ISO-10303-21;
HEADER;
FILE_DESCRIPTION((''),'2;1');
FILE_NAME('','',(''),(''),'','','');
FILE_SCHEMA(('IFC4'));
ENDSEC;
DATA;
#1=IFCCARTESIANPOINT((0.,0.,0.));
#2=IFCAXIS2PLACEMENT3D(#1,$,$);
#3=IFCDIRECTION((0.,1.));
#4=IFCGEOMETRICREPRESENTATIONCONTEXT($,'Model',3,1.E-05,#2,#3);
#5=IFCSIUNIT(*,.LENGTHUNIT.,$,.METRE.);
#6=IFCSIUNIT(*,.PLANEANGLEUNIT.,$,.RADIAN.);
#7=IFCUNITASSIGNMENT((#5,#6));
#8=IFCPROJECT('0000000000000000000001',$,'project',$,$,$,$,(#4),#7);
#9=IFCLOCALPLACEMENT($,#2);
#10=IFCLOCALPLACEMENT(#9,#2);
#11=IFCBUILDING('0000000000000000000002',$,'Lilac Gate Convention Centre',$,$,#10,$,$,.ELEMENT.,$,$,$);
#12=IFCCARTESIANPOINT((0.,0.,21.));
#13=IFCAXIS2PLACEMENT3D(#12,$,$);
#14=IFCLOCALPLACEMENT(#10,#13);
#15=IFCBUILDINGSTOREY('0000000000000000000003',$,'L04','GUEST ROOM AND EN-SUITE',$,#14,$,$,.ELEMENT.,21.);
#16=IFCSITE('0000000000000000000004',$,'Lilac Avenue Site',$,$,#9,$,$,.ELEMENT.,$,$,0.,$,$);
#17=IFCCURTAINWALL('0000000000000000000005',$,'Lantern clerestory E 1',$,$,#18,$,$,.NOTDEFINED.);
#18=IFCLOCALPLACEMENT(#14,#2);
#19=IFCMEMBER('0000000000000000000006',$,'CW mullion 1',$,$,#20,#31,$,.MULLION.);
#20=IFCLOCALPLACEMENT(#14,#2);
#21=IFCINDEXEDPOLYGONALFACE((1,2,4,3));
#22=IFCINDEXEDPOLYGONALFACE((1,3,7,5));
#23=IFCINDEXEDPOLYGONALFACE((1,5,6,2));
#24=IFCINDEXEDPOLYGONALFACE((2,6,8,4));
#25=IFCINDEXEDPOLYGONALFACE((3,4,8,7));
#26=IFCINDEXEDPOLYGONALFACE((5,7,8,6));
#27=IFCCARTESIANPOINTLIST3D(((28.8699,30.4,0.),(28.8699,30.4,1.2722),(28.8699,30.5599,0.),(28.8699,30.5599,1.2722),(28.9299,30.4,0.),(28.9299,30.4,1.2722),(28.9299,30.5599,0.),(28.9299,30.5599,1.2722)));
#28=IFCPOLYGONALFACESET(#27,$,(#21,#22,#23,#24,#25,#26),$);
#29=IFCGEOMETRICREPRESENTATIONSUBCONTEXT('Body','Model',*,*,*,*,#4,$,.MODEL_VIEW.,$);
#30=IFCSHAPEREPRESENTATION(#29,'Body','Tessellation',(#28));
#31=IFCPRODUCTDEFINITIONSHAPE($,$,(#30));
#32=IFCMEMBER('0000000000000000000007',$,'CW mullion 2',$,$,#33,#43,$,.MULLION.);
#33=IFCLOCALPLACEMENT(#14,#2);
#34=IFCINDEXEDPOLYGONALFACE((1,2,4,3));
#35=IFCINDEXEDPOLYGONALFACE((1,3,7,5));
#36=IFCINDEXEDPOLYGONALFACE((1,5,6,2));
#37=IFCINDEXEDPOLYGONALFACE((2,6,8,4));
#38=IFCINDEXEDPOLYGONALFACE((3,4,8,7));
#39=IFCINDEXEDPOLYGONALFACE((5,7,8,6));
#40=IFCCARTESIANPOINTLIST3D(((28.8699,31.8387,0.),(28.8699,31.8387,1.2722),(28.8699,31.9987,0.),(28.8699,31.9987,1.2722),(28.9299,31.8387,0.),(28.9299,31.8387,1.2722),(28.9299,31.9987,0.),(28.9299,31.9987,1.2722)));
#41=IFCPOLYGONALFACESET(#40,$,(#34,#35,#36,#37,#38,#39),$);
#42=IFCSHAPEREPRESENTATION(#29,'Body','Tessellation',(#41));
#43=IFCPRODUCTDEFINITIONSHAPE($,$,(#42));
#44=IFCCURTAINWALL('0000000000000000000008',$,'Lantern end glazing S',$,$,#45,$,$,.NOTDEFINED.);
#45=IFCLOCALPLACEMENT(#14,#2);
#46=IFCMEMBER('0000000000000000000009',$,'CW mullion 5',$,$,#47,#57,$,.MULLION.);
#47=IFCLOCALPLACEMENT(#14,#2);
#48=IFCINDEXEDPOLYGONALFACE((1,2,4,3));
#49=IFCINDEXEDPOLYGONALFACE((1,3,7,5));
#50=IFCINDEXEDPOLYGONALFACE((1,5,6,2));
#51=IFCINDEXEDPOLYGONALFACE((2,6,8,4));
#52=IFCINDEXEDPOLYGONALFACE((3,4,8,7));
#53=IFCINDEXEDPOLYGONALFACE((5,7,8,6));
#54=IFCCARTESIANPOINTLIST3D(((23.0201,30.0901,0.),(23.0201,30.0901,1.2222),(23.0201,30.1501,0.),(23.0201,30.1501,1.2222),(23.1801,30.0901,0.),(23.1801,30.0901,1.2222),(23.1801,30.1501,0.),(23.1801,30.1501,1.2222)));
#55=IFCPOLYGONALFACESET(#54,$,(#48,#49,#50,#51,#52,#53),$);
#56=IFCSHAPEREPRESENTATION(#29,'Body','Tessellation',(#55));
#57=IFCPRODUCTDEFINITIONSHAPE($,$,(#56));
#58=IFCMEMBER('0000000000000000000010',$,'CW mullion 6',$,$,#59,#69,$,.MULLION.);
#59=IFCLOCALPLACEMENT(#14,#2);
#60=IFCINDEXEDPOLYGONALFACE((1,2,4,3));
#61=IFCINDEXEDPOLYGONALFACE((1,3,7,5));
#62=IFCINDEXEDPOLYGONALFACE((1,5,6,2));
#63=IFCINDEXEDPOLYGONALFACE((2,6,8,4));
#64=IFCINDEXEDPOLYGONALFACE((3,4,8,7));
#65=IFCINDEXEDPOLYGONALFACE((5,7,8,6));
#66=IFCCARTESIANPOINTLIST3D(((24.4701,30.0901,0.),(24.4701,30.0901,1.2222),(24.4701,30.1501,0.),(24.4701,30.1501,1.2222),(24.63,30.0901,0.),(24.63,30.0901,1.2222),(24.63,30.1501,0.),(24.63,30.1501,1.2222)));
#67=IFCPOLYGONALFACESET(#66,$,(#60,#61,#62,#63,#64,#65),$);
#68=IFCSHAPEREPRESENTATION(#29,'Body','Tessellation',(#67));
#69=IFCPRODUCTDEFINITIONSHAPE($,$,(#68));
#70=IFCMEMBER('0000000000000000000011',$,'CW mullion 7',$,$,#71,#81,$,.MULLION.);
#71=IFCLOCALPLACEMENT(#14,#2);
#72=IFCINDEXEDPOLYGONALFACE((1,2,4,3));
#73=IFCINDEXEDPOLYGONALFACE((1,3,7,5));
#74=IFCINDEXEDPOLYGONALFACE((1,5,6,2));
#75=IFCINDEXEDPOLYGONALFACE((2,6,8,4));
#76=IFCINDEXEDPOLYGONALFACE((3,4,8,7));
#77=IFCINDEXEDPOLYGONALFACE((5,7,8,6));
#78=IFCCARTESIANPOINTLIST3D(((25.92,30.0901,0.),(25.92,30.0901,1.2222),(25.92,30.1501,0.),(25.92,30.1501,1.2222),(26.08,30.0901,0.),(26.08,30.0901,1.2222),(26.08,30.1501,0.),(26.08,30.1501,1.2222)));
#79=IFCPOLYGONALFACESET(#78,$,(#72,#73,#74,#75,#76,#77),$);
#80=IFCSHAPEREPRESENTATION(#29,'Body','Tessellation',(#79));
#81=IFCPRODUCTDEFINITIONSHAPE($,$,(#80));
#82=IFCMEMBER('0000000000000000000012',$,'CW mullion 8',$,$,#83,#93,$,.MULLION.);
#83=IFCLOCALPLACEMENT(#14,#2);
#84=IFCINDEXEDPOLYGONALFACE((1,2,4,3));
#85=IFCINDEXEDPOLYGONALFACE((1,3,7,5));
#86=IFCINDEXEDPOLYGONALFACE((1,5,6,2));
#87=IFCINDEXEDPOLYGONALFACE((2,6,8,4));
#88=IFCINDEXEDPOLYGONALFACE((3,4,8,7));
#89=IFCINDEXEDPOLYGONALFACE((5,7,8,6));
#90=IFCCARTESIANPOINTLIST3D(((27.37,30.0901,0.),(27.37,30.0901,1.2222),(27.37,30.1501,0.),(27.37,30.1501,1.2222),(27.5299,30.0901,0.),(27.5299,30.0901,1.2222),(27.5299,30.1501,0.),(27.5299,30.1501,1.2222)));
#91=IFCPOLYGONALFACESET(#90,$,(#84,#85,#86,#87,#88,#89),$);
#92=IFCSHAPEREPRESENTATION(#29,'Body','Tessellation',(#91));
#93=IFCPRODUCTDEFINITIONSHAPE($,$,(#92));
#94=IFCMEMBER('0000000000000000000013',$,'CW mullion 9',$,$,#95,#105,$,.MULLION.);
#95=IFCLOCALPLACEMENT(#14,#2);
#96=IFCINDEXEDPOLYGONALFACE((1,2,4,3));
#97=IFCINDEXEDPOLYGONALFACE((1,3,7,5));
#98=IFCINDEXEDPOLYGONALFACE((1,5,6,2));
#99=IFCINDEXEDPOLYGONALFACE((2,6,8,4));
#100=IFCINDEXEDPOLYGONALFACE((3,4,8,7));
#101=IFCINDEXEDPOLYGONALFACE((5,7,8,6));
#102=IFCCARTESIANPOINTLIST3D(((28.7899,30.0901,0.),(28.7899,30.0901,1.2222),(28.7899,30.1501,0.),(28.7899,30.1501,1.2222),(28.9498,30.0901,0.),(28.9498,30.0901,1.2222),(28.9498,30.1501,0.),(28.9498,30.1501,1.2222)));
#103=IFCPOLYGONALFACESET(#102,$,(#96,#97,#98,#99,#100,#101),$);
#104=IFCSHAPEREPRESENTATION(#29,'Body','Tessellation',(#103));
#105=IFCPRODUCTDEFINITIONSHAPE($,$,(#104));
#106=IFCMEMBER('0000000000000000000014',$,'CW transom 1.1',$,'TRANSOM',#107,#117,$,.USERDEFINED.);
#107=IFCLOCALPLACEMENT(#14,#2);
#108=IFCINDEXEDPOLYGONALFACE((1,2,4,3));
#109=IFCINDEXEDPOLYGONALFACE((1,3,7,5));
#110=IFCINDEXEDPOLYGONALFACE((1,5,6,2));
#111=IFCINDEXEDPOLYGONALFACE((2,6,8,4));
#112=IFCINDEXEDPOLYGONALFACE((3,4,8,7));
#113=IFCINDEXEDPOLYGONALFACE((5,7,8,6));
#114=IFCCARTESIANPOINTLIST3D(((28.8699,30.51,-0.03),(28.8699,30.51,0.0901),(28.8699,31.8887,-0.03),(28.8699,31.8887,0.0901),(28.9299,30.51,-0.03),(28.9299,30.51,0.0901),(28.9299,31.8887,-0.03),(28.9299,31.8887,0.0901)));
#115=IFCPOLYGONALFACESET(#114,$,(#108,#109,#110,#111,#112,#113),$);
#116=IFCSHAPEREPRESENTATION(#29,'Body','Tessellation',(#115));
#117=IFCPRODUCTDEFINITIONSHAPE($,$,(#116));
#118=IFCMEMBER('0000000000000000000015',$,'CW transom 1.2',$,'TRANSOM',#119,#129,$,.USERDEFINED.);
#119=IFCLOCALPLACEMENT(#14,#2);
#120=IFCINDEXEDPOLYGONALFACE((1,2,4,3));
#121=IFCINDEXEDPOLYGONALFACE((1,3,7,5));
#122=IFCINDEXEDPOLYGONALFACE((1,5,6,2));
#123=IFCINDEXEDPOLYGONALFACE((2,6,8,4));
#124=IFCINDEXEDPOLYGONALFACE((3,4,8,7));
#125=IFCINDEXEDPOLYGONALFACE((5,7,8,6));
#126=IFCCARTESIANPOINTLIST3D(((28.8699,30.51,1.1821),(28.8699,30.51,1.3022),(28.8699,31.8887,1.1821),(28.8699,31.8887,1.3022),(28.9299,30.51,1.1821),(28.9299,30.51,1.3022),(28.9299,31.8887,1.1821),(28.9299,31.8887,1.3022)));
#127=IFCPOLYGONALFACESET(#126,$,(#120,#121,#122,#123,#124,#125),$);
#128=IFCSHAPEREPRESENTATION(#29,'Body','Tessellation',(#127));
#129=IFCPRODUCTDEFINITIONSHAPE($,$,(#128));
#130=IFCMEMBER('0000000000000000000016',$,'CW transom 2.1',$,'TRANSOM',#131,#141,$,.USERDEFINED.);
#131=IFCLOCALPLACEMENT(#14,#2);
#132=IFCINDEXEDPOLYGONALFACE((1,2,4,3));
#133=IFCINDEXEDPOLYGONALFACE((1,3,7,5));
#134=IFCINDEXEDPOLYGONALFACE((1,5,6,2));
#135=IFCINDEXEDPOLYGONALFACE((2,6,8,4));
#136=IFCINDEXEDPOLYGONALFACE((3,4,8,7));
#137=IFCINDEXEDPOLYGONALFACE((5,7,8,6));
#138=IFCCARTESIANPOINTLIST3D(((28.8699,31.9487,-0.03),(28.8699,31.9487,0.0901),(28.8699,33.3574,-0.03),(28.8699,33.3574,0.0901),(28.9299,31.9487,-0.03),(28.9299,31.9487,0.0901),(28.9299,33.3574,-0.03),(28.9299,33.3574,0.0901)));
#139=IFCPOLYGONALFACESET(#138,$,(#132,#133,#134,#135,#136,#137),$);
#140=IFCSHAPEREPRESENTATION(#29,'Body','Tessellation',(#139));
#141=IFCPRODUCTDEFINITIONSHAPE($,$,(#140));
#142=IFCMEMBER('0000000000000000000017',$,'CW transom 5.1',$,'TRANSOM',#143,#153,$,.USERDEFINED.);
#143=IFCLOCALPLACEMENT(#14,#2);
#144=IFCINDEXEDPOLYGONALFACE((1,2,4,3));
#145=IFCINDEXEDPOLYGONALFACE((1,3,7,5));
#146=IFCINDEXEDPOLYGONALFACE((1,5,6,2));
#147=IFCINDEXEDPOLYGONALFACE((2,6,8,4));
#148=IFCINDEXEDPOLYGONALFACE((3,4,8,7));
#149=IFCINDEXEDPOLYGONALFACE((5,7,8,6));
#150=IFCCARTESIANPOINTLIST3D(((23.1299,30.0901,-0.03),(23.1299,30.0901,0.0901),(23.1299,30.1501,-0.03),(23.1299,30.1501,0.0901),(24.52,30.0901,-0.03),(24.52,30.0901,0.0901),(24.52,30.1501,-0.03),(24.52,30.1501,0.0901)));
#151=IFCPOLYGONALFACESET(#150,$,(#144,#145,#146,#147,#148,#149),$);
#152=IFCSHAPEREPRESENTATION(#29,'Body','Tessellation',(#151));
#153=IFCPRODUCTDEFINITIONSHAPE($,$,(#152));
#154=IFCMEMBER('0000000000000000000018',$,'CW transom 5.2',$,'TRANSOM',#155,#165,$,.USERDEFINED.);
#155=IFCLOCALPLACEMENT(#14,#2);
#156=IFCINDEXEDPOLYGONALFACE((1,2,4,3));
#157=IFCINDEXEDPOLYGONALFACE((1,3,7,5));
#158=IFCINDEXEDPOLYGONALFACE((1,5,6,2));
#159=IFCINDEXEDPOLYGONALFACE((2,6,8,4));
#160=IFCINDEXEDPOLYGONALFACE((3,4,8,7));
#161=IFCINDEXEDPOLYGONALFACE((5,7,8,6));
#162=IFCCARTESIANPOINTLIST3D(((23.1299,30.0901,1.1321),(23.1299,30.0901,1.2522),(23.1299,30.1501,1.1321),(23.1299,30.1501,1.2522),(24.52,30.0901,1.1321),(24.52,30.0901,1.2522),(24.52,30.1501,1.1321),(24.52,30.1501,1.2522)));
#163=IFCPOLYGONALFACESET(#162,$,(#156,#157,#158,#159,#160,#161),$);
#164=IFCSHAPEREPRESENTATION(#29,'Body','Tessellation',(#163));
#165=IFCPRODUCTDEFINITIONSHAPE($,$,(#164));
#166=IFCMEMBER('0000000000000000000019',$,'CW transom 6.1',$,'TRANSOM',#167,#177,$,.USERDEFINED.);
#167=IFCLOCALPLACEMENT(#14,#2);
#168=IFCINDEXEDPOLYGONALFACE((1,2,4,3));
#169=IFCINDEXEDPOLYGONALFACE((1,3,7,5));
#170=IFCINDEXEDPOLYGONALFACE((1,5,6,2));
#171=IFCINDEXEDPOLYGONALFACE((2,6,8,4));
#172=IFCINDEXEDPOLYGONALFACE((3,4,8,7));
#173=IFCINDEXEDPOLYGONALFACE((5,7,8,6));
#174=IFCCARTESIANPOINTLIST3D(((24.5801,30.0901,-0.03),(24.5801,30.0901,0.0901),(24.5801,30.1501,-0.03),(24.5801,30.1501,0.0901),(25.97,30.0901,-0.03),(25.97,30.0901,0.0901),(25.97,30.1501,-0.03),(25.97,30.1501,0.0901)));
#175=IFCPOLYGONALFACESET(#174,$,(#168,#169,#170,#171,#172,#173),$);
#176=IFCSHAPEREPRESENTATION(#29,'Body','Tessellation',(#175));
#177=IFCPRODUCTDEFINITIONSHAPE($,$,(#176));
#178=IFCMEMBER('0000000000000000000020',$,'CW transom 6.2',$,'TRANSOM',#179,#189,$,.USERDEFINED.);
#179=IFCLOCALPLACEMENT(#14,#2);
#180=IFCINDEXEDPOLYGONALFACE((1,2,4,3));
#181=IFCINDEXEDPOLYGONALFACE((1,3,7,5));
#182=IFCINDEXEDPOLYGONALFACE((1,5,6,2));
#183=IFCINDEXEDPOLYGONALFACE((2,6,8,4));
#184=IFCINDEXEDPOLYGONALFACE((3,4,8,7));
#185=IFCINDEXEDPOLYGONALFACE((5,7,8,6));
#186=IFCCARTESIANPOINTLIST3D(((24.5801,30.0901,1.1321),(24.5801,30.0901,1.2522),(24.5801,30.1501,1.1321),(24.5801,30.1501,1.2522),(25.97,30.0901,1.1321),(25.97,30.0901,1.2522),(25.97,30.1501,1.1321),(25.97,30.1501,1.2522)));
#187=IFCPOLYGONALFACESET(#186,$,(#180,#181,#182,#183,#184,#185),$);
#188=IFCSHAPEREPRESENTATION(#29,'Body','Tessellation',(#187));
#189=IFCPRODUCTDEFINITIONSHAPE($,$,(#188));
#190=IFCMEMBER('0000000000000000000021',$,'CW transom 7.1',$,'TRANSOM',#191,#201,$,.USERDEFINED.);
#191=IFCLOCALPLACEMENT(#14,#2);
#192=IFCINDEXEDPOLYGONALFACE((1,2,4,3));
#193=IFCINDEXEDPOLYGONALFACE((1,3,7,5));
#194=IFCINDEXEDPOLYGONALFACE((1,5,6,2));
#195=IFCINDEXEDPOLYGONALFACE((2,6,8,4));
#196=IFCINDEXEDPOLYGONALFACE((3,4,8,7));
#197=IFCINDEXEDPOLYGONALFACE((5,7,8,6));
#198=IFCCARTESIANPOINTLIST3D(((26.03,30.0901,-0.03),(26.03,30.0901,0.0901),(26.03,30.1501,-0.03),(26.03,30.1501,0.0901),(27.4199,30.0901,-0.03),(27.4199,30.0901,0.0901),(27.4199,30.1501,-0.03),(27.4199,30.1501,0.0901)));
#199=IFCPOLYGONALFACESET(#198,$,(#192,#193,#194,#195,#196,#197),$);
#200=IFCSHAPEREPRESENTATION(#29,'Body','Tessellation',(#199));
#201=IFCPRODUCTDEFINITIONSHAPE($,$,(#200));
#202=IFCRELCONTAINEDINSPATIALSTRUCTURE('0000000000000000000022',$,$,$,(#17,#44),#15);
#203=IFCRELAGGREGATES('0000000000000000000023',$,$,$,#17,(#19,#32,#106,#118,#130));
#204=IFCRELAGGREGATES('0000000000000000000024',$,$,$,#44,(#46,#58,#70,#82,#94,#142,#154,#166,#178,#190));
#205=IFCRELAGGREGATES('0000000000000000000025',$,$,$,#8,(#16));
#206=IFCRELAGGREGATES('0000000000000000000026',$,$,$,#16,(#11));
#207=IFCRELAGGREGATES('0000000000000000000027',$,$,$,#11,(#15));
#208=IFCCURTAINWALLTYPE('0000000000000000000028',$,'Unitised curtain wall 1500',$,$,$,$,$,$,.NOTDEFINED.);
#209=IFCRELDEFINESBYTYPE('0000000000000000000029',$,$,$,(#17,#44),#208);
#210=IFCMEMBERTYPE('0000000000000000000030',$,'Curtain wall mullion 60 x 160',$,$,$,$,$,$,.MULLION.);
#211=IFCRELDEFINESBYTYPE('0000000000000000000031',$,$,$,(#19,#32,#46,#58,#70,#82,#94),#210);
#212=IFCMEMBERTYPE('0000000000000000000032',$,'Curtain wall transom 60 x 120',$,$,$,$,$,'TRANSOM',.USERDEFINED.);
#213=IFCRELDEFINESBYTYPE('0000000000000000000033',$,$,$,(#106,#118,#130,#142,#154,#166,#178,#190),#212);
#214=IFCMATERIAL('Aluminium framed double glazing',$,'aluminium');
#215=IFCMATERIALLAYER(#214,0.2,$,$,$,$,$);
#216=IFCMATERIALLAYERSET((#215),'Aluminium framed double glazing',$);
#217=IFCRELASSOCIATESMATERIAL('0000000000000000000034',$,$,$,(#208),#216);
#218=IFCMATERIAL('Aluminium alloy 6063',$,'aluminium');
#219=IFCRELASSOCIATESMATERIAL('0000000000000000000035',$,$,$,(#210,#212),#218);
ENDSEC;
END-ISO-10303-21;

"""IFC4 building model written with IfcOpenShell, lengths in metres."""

from ifc_helpers import new_model, si_unit, direction, frame, origin, origin_2d, place, context, subcontext, project, spatial, rectangle, extrude, material, layer, layer_set, material_profile, profile_set, type_object, element, aggregate, save


model = new_model("IFC4")

# Units and contexts
model_context = context("Model", 3, precision=1e-05, world=origin(), true_north=direction((0.0, 1.0)))
body_context = subcontext(model_context, "Body", "Model", "MODEL_VIEW")
ifc_project = project(units=[si_unit("LENGTHUNIT", "METRE"), si_unit("PLANEANGLEUNIT", "RADIAN")], contexts=[model_context])

# Site, building, storey
site_placement = place(None, origin())
site = spatial("IfcSite", under=ifc_project, at=site_placement, Name="Lilac Avenue Site", CompositionType="ELEMENT", RefElevation=0.0)
building_placement = place(site_placement, origin())
building = spatial("IfcBuilding", under=site, at=building_placement, Name="Lilac Gate Convention Centre", CompositionType="ELEMENT")
storey_placement = place(building_placement, frame((0.0, 0.0, 21.0)))
storey = spatial("IfcBuildingStorey", under=building, at=storey_placement, Name="L04", Description="GUEST ROOM AND EN-SUITE", CompositionType="ELEMENT", Elevation=21.0)

# Curtain walls, members
ifc_material_1 = material(Name="Aluminium framed double glazing", Category="aluminium")
ifc_layer_1 = layer(ifc_material_1, 0.2)
ifc_layer_set_1 = layer_set([ifc_layer_1], Name="Aluminium framed double glazing")
curtain_wall_type = type_object("IfcCurtainWallType", Name="Unitised curtain wall 1500", PredefinedType="NOTDEFINED", material=ifc_layer_set_1)
curtain_wall_1_placement = place(storey_placement, origin())
curtain_wall_1 = element("IfcCurtainWall", 1, at=curtain_wall_1_placement, inside=storey, type_object=curtain_wall_type, Name="Lantern clerestory E 1", PredefinedType="NOTDEFINED")
ifc_material_2 = material(Name="Aluminium alloy 6063", Category="aluminium")
ifc_material_profile_1 = material_profile(ifc_material_2, rectangle(XDim=0.0601, YDim=0.1599, at=origin_2d()), Name="Curtain wall mullion 60 x 160")
ifc_profile_set_1 = profile_set([ifc_material_profile_1], Name="Aluminium alloy 6063")
member_type_1 = type_object("IfcMemberType", Name="Curtain wall mullion 60 x 160", PredefinedType="MULLION", material=ifc_profile_set_1)
member_1_placement = place(storey_placement, frame((28.8999, 30.48, 0.0), z_axis=(0.0, 0.0, 1.0), x_axis=(-1.0, 0.0, 0.0)))
member_1 = element("IfcMember", 2, at=member_1_placement, type_object=member_type_1, Name="CW mullion 1", PredefinedType="MULLION", context=body_context, shape_type="SweptSolid", body=[
    extrude(rectangle(XDim=0.0601, YDim=0.1599, at=origin_2d()), origin(), (0.0, 0.0, 1.0), 1.2722),
])
member_2_placement = place(storey_placement, frame((28.8999, 31.9187, 0.0), z_axis=(0.0, 0.0, 1.0), x_axis=(-1.0, 0.0, 0.0)))
member_2 = element("IfcMember", 3, at=member_2_placement, type_object=member_type_1, Name="CW mullion 2", PredefinedType="MULLION", context=body_context, shape_type="SweptSolid", body=[
    extrude(rectangle(XDim=0.0601, YDim=0.1599, at=origin_2d()), origin(), (0.0, 0.0, 1.0), 1.2722),
])
curtain_wall_2_placement = place(storey_placement, origin())
curtain_wall_2 = element("IfcCurtainWall", 4, at=curtain_wall_2_placement, inside=storey, type_object=curtain_wall_type, Name="Lantern end glazing S", PredefinedType="NOTDEFINED")
member_3_placement = place(storey_placement, frame((23.1001, 30.1201, 0.0), z_axis=(0.0, 0.0, 1.0), x_axis=(0.0, 1.0, 0.0)))
member_3 = element("IfcMember", 5, at=member_3_placement, type_object=member_type_1, Name="CW mullion 5", PredefinedType="MULLION", context=body_context, shape_type="SweptSolid", body=[
    extrude(rectangle(XDim=0.0601, YDim=0.1599, at=origin_2d()), origin(), (0.0, 0.0, 1.0), 1.2222),
])
member_4_placement = place(storey_placement, frame((24.55, 30.1201, 0.0), z_axis=(0.0, 0.0, 1.0), x_axis=(0.0, 1.0, 0.0)))
member_4 = element("IfcMember", 6, at=member_4_placement, type_object=member_type_1, Name="CW mullion 6", PredefinedType="MULLION", context=body_context, shape_type="SweptSolid", body=[
    extrude(rectangle(XDim=0.0601, YDim=0.1599, at=origin_2d()), origin(), (0.0, 0.0, 1.0), 1.2222),
])
member_5_placement = place(storey_placement, frame((26.0, 30.1201, 0.0), z_axis=(0.0, 0.0, 1.0), x_axis=(0.0, 1.0, 0.0)))
member_5 = element("IfcMember", 7, at=member_5_placement, type_object=member_type_1, Name="CW mullion 7", PredefinedType="MULLION", context=body_context, shape_type="SweptSolid", body=[
    extrude(rectangle(XDim=0.0601, YDim=0.1599, at=origin_2d()), origin(), (0.0, 0.0, 1.0), 1.2222),
])
member_6_placement = place(storey_placement, frame((27.45, 30.1201, 0.0), z_axis=(0.0, 0.0, 1.0), x_axis=(0.0, 1.0, 0.0)))
member_6 = element("IfcMember", 8, at=member_6_placement, type_object=member_type_1, Name="CW mullion 8", PredefinedType="MULLION", context=body_context, shape_type="SweptSolid", body=[
    extrude(rectangle(XDim=0.0601, YDim=0.1599, at=origin_2d()), origin(), (0.0, 0.0, 1.0), 1.2222),
])
member_7_placement = place(storey_placement, frame((28.8699, 30.1201, 0.0), z_axis=(0.0, 0.0, 1.0), x_axis=(0.0, 1.0, 0.0)))
member_7 = element("IfcMember", 9, at=member_7_placement, type_object=member_type_1, Name="CW mullion 9", PredefinedType="MULLION", context=body_context, shape_type="SweptSolid", body=[
    extrude(rectangle(XDim=0.0601, YDim=0.1599, at=origin_2d()), origin(), (0.0, 0.0, 1.0), 1.2222),
])

# Members
ifc_material_profile_2 = material_profile(ifc_material_2, rectangle(XDim=0.0601, YDim=0.1201, at=origin_2d()), Name="Curtain wall transom 60 x 120")
ifc_profile_set_2 = profile_set([ifc_material_profile_2], Name="Aluminium alloy 6063")
member_type_2 = type_object("IfcMemberType", Name="Curtain wall transom 60 x 120", ElementType="TRANSOM", PredefinedType="USERDEFINED", material=ifc_profile_set_2)
member_8_placement = place(storey_placement, frame((28.8999, 30.51, 0.03), z_axis=(0.0, 1.0, 0.0), x_axis=(-1.0, 0.0, 0.0)))
member_8 = element("IfcMember", 10, at=member_8_placement, type_object=member_type_2, Name="CW transom 1.1", ObjectType="TRANSOM", PredefinedType="USERDEFINED", context=body_context, shape_type="SweptSolid", body=[
    extrude(rectangle(XDim=0.0601, YDim=0.1201, at=origin_2d()), origin(), (0.0, 0.0, 1.0), 1.3787),
])
member_9_placement = place(storey_placement, frame((28.8999, 30.51, 1.2422), z_axis=(0.0, 1.0, 0.0), x_axis=(-1.0, 0.0, 0.0)))
member_9 = element("IfcMember", 11, at=member_9_placement, type_object=member_type_2, Name="CW transom 1.2", ObjectType="TRANSOM", PredefinedType="USERDEFINED", context=body_context, shape_type="SweptSolid", body=[
    extrude(rectangle(XDim=0.0601, YDim=0.1201, at=origin_2d()), origin(), (0.0, 0.0, 1.0), 1.3787),
])
member_10_placement = place(storey_placement, frame((28.8999, 31.9487, 0.03), z_axis=(0.0, 1.0, 0.0), x_axis=(-1.0, 0.0, 0.0)))
member_10 = element("IfcMember", 12, at=member_10_placement, type_object=member_type_2, Name="CW transom 2.1", ObjectType="TRANSOM", PredefinedType="USERDEFINED", context=body_context, shape_type="SweptSolid", body=[
    extrude(rectangle(XDim=0.0601, YDim=0.1201, at=origin_2d()), origin(), (0.0, 0.0, 1.0), 1.4087),
])
member_11_placement = place(storey_placement, frame((23.1299, 30.1201, 0.03), z_axis=(1.0, 0.0, 0.0), x_axis=(0.0, 1.0, 0.0)))
member_11 = element("IfcMember", 13, at=member_11_placement, type_object=member_type_2, Name="CW transom 5.1", ObjectType="TRANSOM", PredefinedType="USERDEFINED", context=body_context, shape_type="SweptSolid", body=[
    extrude(rectangle(XDim=0.0601, YDim=0.1201, at=origin_2d()), origin(), (0.0, 0.0, 1.0), 1.3901),
])
member_12_placement = place(storey_placement, frame((23.1299, 30.1201, 1.1921), z_axis=(1.0, 0.0, 0.0), x_axis=(0.0, 1.0, 0.0)))
member_12 = element("IfcMember", 14, at=member_12_placement, type_object=member_type_2, Name="CW transom 5.2", ObjectType="TRANSOM", PredefinedType="USERDEFINED", context=body_context, shape_type="SweptSolid", body=[
    extrude(rectangle(XDim=0.0601, YDim=0.1201, at=origin_2d()), origin(), (0.0, 0.0, 1.0), 1.3901),
])
member_13_placement = place(storey_placement, frame((24.5801, 30.1201, 0.03), z_axis=(1.0, 0.0, 0.0), x_axis=(0.0, 1.0, 0.0)))
member_13 = element("IfcMember", 15, at=member_13_placement, type_object=member_type_2, Name="CW transom 6.1", ObjectType="TRANSOM", PredefinedType="USERDEFINED", context=body_context, shape_type="SweptSolid", body=[
    extrude(rectangle(XDim=0.0601, YDim=0.1201, at=origin_2d()), origin(), (0.0, 0.0, 1.0), 1.3899),
])
member_14_placement = place(storey_placement, frame((24.5801, 30.1201, 1.1921), z_axis=(1.0, 0.0, 0.0), x_axis=(0.0, 1.0, 0.0)))
member_14 = element("IfcMember", 16, at=member_14_placement, type_object=member_type_2, Name="CW transom 6.2", ObjectType="TRANSOM", PredefinedType="USERDEFINED", context=body_context, shape_type="SweptSolid", body=[
    extrude(rectangle(XDim=0.0601, YDim=0.1201, at=origin_2d()), origin(), (0.0, 0.0, 1.0), 1.3899),
])
member_15_placement = place(storey_placement, frame((26.03, 30.1201, 0.03), z_axis=(1.0, 0.0, 0.0), x_axis=(0.0, 1.0, 0.0)))
member_15 = element("IfcMember", 17, at=member_15_placement, type_object=member_type_2, Name="CW transom 7.1", ObjectType="TRANSOM", PredefinedType="USERDEFINED", context=body_context, shape_type="SweptSolid", body=[
    extrude(rectangle(XDim=0.0601, YDim=0.1201, at=origin_2d()), origin(), (0.0, 0.0, 1.0), 1.3899),
])

aggregate(curtain_wall_1, [member_1, member_2, member_8, member_9, member_10])
aggregate(curtain_wall_2, [member_3, member_4, member_5, member_6, member_7, member_11, member_12, member_13, member_14, member_15])

save(model, "model.ifc")
